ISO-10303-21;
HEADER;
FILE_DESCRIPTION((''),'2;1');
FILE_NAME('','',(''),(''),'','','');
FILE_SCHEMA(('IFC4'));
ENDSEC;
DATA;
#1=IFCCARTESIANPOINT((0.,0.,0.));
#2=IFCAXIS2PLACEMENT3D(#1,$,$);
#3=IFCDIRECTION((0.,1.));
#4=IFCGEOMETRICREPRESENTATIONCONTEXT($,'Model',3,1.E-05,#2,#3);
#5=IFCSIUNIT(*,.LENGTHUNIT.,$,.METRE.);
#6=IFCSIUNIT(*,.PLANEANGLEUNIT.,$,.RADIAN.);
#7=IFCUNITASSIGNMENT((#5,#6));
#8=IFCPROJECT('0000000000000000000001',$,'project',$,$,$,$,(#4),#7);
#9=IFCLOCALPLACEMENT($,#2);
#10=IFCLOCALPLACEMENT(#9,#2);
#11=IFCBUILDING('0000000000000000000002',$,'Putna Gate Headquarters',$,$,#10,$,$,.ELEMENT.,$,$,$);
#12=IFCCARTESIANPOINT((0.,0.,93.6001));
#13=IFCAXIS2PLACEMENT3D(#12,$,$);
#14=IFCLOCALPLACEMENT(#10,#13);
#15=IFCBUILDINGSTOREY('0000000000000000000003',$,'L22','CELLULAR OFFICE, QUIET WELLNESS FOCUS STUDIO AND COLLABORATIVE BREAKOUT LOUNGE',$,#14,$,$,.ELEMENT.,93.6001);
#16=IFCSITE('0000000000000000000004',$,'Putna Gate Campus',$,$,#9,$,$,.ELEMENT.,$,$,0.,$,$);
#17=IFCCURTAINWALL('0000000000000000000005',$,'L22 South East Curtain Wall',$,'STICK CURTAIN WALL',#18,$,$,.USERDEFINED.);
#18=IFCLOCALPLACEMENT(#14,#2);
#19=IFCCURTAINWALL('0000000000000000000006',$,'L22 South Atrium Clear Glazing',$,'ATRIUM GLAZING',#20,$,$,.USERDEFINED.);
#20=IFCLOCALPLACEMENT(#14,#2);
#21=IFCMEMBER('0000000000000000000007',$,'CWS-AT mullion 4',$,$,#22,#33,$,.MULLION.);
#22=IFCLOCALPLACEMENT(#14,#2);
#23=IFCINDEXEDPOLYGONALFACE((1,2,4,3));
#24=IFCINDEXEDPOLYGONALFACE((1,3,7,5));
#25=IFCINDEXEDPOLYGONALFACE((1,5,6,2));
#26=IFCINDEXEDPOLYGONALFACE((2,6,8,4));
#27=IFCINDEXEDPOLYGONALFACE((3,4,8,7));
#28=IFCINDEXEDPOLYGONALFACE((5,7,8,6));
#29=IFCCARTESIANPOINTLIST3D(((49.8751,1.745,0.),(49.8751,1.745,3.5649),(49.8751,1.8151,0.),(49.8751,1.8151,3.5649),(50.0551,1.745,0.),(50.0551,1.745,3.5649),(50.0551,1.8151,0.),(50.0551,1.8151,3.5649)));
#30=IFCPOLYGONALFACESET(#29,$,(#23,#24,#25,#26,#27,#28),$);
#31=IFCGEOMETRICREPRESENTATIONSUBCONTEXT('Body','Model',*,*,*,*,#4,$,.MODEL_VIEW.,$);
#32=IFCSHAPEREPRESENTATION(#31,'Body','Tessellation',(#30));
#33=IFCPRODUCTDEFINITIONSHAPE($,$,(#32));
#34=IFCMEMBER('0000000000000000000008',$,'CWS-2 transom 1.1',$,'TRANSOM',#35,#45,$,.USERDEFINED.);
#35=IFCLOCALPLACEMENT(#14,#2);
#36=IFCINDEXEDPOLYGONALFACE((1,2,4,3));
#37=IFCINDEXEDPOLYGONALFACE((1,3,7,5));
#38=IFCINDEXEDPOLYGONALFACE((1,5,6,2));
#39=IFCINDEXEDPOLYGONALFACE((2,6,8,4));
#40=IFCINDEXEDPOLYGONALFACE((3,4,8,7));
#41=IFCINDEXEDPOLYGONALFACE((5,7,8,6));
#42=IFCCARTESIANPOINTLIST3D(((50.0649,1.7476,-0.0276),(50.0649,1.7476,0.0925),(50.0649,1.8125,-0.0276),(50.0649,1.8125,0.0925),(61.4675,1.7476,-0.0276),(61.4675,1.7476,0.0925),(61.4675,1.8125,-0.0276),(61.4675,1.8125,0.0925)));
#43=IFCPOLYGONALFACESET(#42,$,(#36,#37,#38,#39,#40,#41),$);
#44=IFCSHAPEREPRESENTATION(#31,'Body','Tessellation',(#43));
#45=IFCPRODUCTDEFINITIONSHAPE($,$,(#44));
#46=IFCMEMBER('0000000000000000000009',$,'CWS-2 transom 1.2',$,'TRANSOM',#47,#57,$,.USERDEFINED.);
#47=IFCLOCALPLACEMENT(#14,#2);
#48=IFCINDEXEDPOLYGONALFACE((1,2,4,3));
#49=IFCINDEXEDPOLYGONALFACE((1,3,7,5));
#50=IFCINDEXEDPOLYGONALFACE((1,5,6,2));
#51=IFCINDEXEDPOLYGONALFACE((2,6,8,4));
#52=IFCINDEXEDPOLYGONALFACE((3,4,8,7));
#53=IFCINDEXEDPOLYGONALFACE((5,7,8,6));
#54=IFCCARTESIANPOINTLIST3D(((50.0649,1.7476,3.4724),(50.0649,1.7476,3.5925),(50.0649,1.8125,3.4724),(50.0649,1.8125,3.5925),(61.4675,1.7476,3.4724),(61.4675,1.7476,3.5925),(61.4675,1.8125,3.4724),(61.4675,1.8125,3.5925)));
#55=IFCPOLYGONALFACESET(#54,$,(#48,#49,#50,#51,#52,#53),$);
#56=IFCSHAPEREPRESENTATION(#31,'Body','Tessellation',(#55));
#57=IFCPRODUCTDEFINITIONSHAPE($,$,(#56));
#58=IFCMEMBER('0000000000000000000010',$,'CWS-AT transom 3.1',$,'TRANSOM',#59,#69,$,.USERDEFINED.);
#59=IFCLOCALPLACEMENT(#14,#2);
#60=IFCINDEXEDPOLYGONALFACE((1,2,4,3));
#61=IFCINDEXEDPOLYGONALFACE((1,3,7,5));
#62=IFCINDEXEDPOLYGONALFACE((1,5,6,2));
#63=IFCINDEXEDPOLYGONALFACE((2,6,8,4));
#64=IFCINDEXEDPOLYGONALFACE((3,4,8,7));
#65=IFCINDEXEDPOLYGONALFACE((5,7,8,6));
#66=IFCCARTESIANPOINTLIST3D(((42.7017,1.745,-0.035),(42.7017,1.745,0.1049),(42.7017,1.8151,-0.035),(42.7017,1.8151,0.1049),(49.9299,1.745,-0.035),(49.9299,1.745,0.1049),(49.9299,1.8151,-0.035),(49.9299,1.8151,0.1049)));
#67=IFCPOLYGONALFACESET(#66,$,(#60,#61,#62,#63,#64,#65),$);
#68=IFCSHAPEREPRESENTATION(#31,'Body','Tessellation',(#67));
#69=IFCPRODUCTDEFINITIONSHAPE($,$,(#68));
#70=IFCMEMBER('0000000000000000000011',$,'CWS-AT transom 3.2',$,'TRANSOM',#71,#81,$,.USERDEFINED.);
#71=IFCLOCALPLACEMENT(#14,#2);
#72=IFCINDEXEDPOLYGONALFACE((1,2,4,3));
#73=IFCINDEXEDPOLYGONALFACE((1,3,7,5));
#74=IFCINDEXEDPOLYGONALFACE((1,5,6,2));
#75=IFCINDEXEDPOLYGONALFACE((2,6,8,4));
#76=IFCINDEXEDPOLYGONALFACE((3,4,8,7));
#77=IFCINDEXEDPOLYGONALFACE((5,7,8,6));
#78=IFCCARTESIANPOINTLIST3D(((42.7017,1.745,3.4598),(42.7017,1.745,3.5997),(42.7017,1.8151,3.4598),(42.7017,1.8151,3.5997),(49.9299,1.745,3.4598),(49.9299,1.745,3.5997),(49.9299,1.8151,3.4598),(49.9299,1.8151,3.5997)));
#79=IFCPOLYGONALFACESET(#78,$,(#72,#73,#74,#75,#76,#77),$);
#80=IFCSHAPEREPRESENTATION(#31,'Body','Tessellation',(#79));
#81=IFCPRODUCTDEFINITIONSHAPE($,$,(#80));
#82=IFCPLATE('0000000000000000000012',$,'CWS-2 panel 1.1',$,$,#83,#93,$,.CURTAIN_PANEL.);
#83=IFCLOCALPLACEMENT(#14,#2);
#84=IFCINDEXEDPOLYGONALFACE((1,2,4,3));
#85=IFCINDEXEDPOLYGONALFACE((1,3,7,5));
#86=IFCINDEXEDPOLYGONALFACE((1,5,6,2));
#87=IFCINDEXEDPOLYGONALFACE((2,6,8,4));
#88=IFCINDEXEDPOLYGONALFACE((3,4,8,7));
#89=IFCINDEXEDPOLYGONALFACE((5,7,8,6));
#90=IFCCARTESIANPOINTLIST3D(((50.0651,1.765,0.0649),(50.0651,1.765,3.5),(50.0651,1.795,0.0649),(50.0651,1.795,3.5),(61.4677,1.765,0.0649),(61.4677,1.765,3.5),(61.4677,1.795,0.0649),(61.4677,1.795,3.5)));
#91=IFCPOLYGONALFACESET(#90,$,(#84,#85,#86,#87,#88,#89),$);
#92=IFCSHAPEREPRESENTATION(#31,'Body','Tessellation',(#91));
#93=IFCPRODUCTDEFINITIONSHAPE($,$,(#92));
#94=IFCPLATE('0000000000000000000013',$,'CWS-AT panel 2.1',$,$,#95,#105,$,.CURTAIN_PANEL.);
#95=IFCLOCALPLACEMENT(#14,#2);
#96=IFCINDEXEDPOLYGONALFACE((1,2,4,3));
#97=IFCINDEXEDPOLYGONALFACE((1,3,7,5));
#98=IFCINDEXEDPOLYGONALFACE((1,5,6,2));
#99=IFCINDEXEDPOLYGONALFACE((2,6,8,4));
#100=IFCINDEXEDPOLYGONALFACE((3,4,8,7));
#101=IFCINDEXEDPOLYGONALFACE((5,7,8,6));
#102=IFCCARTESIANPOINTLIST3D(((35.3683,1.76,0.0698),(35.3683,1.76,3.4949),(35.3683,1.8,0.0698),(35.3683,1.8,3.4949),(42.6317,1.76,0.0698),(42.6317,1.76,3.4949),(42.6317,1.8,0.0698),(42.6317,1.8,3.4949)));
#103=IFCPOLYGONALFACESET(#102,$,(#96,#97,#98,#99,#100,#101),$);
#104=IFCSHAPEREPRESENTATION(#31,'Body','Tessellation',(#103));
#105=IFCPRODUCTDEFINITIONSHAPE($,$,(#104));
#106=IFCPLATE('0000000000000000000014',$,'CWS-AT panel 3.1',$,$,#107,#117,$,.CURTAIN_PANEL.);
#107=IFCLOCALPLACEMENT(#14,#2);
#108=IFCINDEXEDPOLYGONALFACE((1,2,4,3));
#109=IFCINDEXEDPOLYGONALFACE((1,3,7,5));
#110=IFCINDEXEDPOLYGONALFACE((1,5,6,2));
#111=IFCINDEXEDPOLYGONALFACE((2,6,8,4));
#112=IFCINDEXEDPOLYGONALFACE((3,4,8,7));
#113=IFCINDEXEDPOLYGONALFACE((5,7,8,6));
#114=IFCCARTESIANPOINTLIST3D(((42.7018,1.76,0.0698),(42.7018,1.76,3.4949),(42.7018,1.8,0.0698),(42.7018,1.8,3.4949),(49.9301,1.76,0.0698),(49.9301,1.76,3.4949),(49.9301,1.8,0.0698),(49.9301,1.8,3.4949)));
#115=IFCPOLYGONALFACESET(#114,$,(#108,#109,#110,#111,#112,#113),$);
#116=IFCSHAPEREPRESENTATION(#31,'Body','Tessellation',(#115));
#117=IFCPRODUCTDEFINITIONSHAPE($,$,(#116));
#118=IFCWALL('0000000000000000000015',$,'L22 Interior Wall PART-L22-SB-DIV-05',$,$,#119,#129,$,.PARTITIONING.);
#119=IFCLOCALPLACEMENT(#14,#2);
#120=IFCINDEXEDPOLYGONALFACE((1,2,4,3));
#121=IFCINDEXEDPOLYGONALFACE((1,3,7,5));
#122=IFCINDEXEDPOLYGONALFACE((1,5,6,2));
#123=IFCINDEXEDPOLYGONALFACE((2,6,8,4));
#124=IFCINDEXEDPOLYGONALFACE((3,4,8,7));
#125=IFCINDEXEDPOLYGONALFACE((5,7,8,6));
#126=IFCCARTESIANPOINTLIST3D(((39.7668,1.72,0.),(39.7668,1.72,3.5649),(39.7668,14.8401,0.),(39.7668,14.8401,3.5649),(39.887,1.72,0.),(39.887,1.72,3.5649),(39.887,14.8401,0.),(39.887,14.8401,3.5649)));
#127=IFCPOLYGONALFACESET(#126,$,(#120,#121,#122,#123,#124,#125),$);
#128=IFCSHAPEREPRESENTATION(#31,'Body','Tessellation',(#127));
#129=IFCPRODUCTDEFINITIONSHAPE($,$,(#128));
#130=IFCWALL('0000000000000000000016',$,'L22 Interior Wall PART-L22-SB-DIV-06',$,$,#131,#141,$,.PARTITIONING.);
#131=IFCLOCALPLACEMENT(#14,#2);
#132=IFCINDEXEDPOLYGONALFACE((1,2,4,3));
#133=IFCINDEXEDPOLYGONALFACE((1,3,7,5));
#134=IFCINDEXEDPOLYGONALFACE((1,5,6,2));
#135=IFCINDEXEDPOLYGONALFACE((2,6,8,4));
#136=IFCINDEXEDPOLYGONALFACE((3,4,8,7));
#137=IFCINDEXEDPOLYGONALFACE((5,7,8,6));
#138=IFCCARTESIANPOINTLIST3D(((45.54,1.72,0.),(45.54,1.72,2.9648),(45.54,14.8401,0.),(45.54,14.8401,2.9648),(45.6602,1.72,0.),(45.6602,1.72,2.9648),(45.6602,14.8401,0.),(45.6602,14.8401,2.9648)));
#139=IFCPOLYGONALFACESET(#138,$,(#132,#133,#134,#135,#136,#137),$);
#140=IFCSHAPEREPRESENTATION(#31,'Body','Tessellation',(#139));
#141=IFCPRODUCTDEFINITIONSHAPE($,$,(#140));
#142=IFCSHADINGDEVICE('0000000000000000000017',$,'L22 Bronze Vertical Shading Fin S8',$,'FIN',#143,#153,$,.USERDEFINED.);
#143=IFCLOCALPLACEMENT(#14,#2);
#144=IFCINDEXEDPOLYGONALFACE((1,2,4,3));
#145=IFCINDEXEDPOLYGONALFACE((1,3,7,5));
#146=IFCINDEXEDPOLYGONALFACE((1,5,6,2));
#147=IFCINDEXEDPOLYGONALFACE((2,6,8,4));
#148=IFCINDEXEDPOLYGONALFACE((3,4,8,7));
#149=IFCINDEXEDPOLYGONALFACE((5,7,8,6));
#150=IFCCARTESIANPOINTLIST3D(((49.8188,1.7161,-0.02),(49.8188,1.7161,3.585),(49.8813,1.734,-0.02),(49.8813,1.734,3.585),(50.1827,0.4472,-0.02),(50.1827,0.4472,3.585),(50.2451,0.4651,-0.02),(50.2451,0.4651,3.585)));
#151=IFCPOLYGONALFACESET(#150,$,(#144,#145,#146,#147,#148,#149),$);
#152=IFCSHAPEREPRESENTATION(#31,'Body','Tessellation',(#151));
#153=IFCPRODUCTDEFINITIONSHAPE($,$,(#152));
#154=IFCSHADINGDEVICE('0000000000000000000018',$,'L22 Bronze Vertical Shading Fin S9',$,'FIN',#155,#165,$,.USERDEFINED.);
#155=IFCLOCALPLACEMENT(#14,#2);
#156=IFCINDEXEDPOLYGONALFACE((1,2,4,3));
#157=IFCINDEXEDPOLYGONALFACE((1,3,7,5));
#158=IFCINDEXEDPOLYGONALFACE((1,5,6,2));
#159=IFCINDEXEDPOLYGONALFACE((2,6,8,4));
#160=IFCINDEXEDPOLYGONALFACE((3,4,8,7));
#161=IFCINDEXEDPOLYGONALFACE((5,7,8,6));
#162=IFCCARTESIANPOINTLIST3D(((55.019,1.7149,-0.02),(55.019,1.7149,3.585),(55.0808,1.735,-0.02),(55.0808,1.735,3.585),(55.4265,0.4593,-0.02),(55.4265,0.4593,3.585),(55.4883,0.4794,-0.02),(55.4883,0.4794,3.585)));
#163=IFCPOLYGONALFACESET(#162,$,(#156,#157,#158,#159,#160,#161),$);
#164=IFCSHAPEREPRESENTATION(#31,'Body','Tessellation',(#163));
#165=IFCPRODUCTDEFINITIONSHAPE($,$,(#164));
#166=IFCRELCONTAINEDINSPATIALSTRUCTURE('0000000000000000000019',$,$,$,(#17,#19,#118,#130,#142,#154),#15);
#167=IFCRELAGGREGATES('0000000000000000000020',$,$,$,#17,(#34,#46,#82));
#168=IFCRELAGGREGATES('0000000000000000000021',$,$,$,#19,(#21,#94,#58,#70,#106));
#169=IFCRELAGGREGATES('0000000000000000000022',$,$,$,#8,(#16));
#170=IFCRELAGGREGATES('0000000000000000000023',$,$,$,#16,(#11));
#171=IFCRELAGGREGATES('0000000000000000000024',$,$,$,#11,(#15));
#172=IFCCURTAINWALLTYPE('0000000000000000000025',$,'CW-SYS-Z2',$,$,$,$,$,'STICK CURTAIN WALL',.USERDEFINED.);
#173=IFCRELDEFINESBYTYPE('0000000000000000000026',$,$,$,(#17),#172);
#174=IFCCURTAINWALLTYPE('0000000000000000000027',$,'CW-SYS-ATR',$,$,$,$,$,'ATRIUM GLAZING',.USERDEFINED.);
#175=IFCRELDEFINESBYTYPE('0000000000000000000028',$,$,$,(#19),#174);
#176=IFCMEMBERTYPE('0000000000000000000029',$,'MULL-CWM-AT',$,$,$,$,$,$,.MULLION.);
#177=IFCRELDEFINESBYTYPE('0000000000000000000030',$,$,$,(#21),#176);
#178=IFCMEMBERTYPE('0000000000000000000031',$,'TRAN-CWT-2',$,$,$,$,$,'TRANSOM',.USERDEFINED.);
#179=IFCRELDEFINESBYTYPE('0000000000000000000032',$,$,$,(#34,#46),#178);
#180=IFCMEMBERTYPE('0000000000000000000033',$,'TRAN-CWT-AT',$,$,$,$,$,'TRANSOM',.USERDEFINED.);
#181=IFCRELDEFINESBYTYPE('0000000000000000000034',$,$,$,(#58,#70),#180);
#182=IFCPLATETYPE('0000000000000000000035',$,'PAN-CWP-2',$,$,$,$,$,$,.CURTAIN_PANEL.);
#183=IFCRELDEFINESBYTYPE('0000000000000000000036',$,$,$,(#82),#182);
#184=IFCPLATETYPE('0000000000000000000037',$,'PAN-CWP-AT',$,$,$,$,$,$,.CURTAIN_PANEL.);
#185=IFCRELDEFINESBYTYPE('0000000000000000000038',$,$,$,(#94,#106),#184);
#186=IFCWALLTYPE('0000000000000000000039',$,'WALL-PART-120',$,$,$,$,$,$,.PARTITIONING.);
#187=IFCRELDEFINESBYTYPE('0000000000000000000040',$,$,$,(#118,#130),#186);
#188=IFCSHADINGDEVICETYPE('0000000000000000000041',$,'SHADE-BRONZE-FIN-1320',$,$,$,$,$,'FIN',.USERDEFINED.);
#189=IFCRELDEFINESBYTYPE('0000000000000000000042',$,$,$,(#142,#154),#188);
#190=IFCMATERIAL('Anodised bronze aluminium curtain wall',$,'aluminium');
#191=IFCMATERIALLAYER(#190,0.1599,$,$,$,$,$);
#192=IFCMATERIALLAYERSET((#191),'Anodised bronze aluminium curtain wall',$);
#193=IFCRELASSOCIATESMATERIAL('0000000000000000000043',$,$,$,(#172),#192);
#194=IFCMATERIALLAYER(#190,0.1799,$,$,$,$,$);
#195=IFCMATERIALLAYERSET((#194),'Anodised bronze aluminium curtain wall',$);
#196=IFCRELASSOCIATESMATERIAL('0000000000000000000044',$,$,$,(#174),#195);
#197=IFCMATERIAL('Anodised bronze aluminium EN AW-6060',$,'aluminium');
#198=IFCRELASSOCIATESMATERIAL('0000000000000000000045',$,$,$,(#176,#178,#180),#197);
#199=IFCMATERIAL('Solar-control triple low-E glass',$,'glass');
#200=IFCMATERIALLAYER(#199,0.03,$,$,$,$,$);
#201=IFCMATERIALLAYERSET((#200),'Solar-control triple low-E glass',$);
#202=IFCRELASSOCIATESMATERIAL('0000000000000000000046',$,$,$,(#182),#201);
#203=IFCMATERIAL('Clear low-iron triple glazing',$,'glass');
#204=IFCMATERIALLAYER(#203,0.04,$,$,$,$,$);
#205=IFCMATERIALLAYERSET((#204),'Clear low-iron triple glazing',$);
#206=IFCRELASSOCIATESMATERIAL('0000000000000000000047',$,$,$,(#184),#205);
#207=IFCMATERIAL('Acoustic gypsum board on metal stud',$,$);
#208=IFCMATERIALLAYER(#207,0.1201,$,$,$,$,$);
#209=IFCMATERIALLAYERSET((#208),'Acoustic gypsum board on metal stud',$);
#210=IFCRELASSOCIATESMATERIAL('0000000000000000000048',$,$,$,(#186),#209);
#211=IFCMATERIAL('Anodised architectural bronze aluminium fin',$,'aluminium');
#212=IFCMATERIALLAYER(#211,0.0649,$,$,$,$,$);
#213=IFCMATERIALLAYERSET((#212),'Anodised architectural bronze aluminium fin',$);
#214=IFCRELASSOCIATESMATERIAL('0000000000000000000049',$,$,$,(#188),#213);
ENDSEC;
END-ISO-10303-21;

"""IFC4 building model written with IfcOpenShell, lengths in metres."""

from ifc_helpers import new_model, si_unit, direction, frame, frame_2d, origin, origin_2d, place, context, subcontext, project, spatial, rectangle, extrude, material, layer, layer_set, material_profile, profile_set, type_object, element, aggregate, save


model = new_model("IFC4")

# Units and contexts
model_context = context("Model", 3, precision=1e-05, world=origin(), true_north=direction((0.0, 1.0)))
body_context = subcontext(model_context, "Body", "Model", "MODEL_VIEW")
ifc_project = project(units=[si_unit("LENGTHUNIT", "METRE"), si_unit("PLANEANGLEUNIT", "RADIAN")], contexts=[model_context])

# Site, building, storey
site_placement = place(None, origin())
site = spatial("IfcSite", under=ifc_project, at=site_placement, Name="Putna Gate Campus", CompositionType="ELEMENT", RefElevation=0.0)
building_placement = place(site_placement, origin())
building = spatial("IfcBuilding", under=site, at=building_placement, Name="Putna Gate Headquarters", CompositionType="ELEMENT")
storey_placement = place(building_placement, frame((0.0, 0.0, 93.6001)))
storey = spatial("IfcBuildingStorey", under=building, at=storey_placement, Name="L22", Description="CELLULAR OFFICE, QUIET WELLNESS FOCUS STUDIO AND COLLABORATIVE BREAKOUT LOUNGE", CompositionType="ELEMENT", Elevation=93.6001)

# Curtain wall
ifc_material_1 = material(Name="Anodised bronze aluminium curtain wall", Category="aluminium")
ifc_layer_1 = layer(ifc_material_1, 0.1599)
ifc_layer_set_1 = layer_set([ifc_layer_1], Name="Anodised bronze aluminium curtain wall")
curtain_wall_type_1 = type_object("IfcCurtainWallType", Name="CW-SYS-Z2", ElementType="STICK CURTAIN WALL", PredefinedType="USERDEFINED", material=ifc_layer_set_1)
curtain_wall_1_placement = place(storey_placement, origin())
curtain_wall_1 = element("IfcCurtainWall", 1, at=curtain_wall_1_placement, inside=storey, type_object=curtain_wall_type_1, Name="L22 South East Curtain Wall", ObjectType="STICK CURTAIN WALL", PredefinedType="USERDEFINED")
ifc_material_2 = material(Name="Anodised bronze aluminium EN AW-6060", Category="aluminium")

# Curtain wall, member
ifc_layer_2 = layer(ifc_material_1, 0.1799)
ifc_layer_set_2 = layer_set([ifc_layer_2], Name="Anodised bronze aluminium curtain wall")
curtain_wall_type_2 = type_object("IfcCurtainWallType", Name="CW-SYS-ATR", ElementType="ATRIUM GLAZING", PredefinedType="USERDEFINED", material=ifc_layer_set_2)
curtain_wall_2_placement = place(storey_placement, origin())
curtain_wall_2 = element("IfcCurtainWall", 2, at=curtain_wall_2_placement, inside=storey, type_object=curtain_wall_type_2, Name="L22 South Atrium Clear Glazing", ObjectType="ATRIUM GLAZING", PredefinedType="USERDEFINED")
ifc_material_profile_1 = material_profile(ifc_material_2, rectangle(XDim=0.0701, YDim=0.1799, at=origin_2d()), Name="Anodised bronze aluminium EN AW-6060")
ifc_profile_set_1 = profile_set([ifc_material_profile_1], Name="Anodised bronze aluminium EN AW-6060")
member_type_1 = type_object("IfcMemberType", Name="MULL-CWM-AT", PredefinedType="MULLION", material=ifc_profile_set_1)
member_1_placement = place(storey_placement, frame((49.9651, 1.78, 0.0), z_axis=(0.0, 0.0, 1.0), x_axis=(0.0, 1.0, 0.0)))
member_1 = element("IfcMember", 3, at=member_1_placement, type_object=member_type_1, Name="CWS-AT mullion 4", PredefinedType="MULLION", context=body_context, shape_type="SweptSolid", body=[
    extrude(rectangle(XDim=0.0701, YDim=0.1799, at=origin_2d()), origin(), (0.0, 0.0, 1.0), 3.5649),
])

# Members
ifc_material_profile_2 = material_profile(ifc_material_2, rectangle(XDim=0.0649, YDim=0.1201, at=origin_2d()), Name="Anodised bronze aluminium EN AW-6060")
ifc_profile_set_2 = profile_set([ifc_material_profile_2], Name="Anodised bronze aluminium EN AW-6060")
member_type_2 = type_object("IfcMemberType", Name="TRAN-CWT-2", ElementType="TRANSOM", PredefinedType="USERDEFINED", material=ifc_profile_set_2)
member_2_placement = place(storey_placement, frame((50.0649, 1.78, 0.0325), z_axis=(1.0, 0.0, 0.0), x_axis=(0.0, 1.0, 0.0)))
member_2 = element("IfcMember", 4, at=member_2_placement, type_object=member_type_2, Name="CWS-2 transom 1.1", ObjectType="TRANSOM", PredefinedType="USERDEFINED", context=body_context, shape_type="SweptSolid", body=[
    extrude(rectangle(XDim=0.0649, YDim=0.1201, at=origin_2d()), origin(), (0.0, 0.0, 1.0), 11.4026),
])
member_3_placement = place(storey_placement, frame((50.0649, 1.78, 3.5325), z_axis=(1.0, 0.0, 0.0), x_axis=(0.0, 1.0, 0.0)))
member_3 = element("IfcMember", 5, at=member_3_placement, type_object=member_type_2, Name="CWS-2 transom 1.2", ObjectType="TRANSOM", PredefinedType="USERDEFINED", context=body_context, shape_type="SweptSolid", body=[
    extrude(rectangle(XDim=0.0649, YDim=0.1201, at=origin_2d()), origin(), (0.0, 0.0, 1.0), 11.4026),
])
ifc_material_profile_3 = material_profile(ifc_material_2, rectangle(XDim=0.0701, YDim=0.1399, at=origin_2d()), Name="Anodised bronze aluminium EN AW-6060")
ifc_profile_set_3 = profile_set([ifc_material_profile_3], Name="Anodised bronze aluminium EN AW-6060")
member_type_3 = type_object("IfcMemberType", Name="TRAN-CWT-AT", ElementType="TRANSOM", PredefinedType="USERDEFINED", material=ifc_profile_set_3)
member_4_placement = place(storey_placement, frame((42.7017, 1.78, 0.0349), z_axis=(1.0, 0.0, 0.0), x_axis=(0.0, 1.0, 0.0)))
member_4 = element("IfcMember", 6, at=member_4_placement, type_object=member_type_3, Name="CWS-AT transom 3.1", ObjectType="TRANSOM", PredefinedType="USERDEFINED", context=body_context, shape_type="SweptSolid", body=[
    extrude(rectangle(XDim=0.0701, YDim=0.1399, at=origin_2d()), origin(), (0.0, 0.0, 1.0), 7.2283),
])
member_5_placement = place(storey_placement, frame((42.7017, 1.78, 3.5298), z_axis=(1.0, 0.0, 0.0), x_axis=(0.0, 1.0, 0.0)))
member_5 = element("IfcMember", 7, at=member_5_placement, type_object=member_type_3, Name="CWS-AT transom 3.2", ObjectType="TRANSOM", PredefinedType="USERDEFINED", context=body_context, shape_type="SweptSolid", body=[
    extrude(rectangle(XDim=0.0701, YDim=0.1399, at=origin_2d()), origin(), (0.0, 0.0, 1.0), 7.2283),
])

# Plates
ifc_material_3 = material(Name="Solar-control triple low-E glass", Category="glass")
ifc_layer_3 = layer(ifc_material_3, 0.03)
ifc_layer_set_3 = layer_set([ifc_layer_3], Name="Solar-control triple low-E glass")
plate_type_1 = type_object("IfcPlateType", Name="PAN-CWP-2", PredefinedType="CURTAIN_PANEL", material=ifc_layer_set_3)
plate_1_placement = place(storey_placement, frame((55.7664, 1.78, 0.0649), z_axis=(0.0, 0.0, 1.0), x_axis=(1.0, 0.0, 0.0)))
plate_1 = element("IfcPlate", 8, at=plate_1_placement, type_object=plate_type_1, Name="CWS-2 panel 1.1", PredefinedType="CURTAIN_PANEL", context=body_context, shape_type="SweptSolid", body=[
    extrude(rectangle(XDim=11.4026, YDim=0.03, at=origin_2d()), origin(), (0.0, 0.0, 1.0), 3.4351),
])
aggregate(curtain_wall_1, [member_2, member_3, plate_1])
ifc_material_4 = material(Name="Clear low-iron triple glazing", Category="glass")
ifc_layer_4 = layer(ifc_material_4, 0.04)
ifc_layer_set_4 = layer_set([ifc_layer_4], Name="Clear low-iron triple glazing")
plate_type_2 = type_object("IfcPlateType", Name="PAN-CWP-AT", PredefinedType="CURTAIN_PANEL", material=ifc_layer_set_4)
plate_2_placement = place(storey_placement, frame((39.0, 1.78, 0.0698), z_axis=(0.0, 0.0, 1.0), x_axis=(1.0, 0.0, 0.0)))
plate_2 = element("IfcPlate", 9, at=plate_2_placement, type_object=plate_type_2, Name="CWS-AT panel 2.1", PredefinedType="CURTAIN_PANEL", context=body_context, shape_type="SweptSolid", body=[
    extrude(rectangle(XDim=7.2634, YDim=0.04, at=origin_2d()), origin(), (0.0, 0.0, 1.0), 3.425),
])
plate_3_placement = place(storey_placement, frame((46.3159, 1.78, 0.0698), z_axis=(0.0, 0.0, 1.0), x_axis=(1.0, 0.0, 0.0)))
plate_3 = element("IfcPlate", 10, at=plate_3_placement, type_object=plate_type_2, Name="CWS-AT panel 3.1", PredefinedType="CURTAIN_PANEL", context=body_context, shape_type="SweptSolid", body=[
    extrude(rectangle(XDim=7.2283, YDim=0.04, at=origin_2d()), origin(), (0.0, 0.0, 1.0), 3.425),
])
aggregate(curtain_wall_2, [member_1, plate_2, member_4, member_5, plate_3])

# Walls
ifc_material_5 = material(Name="Acoustic gypsum board on metal stud")
ifc_layer_5 = layer(ifc_material_5, 0.1201)
ifc_layer_set_5 = layer_set([ifc_layer_5], Name="Acoustic gypsum board on metal stud")
wall_type = type_object("IfcWallType", Name="WALL-PART-120", PredefinedType="PARTITIONING", material=ifc_layer_set_5)
wall_1_placement = place(storey_placement, frame((39.8269, 1.72, 0.0), z_axis=(0.0, 0.0, 1.0), x_axis=(0.0, 1.0, 0.0)))
element("IfcWall", 11, at=wall_1_placement, inside=storey, type_object=wall_type, Name="L22 Interior Wall PART-L22-SB-DIV-05", PredefinedType="PARTITIONING", context=body_context, shape_type="SweptSolid", body=[
    extrude(rectangle(XDim=13.1201, YDim=0.1201, at=frame_2d((6.5601, 0.0))), origin(), (0.0, 0.0, 1.0), 3.5649),
])
wall_2_placement = place(storey_placement, frame((45.6001, 1.72, 0.0), z_axis=(0.0, 0.0, 1.0), x_axis=(0.0, 1.0, 0.0)))
element("IfcWall", 12, at=wall_2_placement, inside=storey, type_object=wall_type, Name="L22 Interior Wall PART-L22-SB-DIV-06", PredefinedType="PARTITIONING", context=body_context, shape_type="SweptSolid", body=[
    extrude(rectangle(XDim=13.1201, YDim=0.1201, at=frame_2d((6.5601, 0.0))), origin(), (0.0, 0.0, 1.0), 2.9648),
])

# Shading devices
ifc_material_6 = material(Name="Anodised architectural bronze aluminium fin", Category="aluminium")
ifc_layer_6 = layer(ifc_material_6, 0.0649)
ifc_layer_set_6 = layer_set([ifc_layer_6], Name="Anodised architectural bronze aluminium fin")
shading_device_type = type_object("IfcShadingDeviceType", Name="SHADE-BRONZE-FIN-1320", ElementType="FIN", PredefinedType="USERDEFINED", material=ifc_layer_set_6)
for number, where, z_axis, x_axis, name in (
    (13, (50.032, 1.0906, -0.02), (0.0, 0.0, 1.0), (0.275637, -0.961262, 0.0), "L22 Bronze Vertical Shading Fin S8"),
    (14, (55.2537, 1.0972, -0.02), (0.0, 0.0, 1.0), (0.308685, -0.951164, 0.0), "L22 Bronze Vertical Shading Fin S9"),
):
    element("IfcShadingDevice", number, at=place(storey_placement, frame(where, z_axis=z_axis, x_axis=x_axis)), inside=storey, type_object=shading_device_type, Name=name, ObjectType="FIN", PredefinedType="USERDEFINED", context=body_context, shape_type="SweptSolid", body=[
        extrude(rectangle(XDim=1.3201, YDim=0.0649, at=origin_2d()), origin(), (0.0, 0.0, 1.0), 3.605),
    ])

save(model, "model.ifc")
